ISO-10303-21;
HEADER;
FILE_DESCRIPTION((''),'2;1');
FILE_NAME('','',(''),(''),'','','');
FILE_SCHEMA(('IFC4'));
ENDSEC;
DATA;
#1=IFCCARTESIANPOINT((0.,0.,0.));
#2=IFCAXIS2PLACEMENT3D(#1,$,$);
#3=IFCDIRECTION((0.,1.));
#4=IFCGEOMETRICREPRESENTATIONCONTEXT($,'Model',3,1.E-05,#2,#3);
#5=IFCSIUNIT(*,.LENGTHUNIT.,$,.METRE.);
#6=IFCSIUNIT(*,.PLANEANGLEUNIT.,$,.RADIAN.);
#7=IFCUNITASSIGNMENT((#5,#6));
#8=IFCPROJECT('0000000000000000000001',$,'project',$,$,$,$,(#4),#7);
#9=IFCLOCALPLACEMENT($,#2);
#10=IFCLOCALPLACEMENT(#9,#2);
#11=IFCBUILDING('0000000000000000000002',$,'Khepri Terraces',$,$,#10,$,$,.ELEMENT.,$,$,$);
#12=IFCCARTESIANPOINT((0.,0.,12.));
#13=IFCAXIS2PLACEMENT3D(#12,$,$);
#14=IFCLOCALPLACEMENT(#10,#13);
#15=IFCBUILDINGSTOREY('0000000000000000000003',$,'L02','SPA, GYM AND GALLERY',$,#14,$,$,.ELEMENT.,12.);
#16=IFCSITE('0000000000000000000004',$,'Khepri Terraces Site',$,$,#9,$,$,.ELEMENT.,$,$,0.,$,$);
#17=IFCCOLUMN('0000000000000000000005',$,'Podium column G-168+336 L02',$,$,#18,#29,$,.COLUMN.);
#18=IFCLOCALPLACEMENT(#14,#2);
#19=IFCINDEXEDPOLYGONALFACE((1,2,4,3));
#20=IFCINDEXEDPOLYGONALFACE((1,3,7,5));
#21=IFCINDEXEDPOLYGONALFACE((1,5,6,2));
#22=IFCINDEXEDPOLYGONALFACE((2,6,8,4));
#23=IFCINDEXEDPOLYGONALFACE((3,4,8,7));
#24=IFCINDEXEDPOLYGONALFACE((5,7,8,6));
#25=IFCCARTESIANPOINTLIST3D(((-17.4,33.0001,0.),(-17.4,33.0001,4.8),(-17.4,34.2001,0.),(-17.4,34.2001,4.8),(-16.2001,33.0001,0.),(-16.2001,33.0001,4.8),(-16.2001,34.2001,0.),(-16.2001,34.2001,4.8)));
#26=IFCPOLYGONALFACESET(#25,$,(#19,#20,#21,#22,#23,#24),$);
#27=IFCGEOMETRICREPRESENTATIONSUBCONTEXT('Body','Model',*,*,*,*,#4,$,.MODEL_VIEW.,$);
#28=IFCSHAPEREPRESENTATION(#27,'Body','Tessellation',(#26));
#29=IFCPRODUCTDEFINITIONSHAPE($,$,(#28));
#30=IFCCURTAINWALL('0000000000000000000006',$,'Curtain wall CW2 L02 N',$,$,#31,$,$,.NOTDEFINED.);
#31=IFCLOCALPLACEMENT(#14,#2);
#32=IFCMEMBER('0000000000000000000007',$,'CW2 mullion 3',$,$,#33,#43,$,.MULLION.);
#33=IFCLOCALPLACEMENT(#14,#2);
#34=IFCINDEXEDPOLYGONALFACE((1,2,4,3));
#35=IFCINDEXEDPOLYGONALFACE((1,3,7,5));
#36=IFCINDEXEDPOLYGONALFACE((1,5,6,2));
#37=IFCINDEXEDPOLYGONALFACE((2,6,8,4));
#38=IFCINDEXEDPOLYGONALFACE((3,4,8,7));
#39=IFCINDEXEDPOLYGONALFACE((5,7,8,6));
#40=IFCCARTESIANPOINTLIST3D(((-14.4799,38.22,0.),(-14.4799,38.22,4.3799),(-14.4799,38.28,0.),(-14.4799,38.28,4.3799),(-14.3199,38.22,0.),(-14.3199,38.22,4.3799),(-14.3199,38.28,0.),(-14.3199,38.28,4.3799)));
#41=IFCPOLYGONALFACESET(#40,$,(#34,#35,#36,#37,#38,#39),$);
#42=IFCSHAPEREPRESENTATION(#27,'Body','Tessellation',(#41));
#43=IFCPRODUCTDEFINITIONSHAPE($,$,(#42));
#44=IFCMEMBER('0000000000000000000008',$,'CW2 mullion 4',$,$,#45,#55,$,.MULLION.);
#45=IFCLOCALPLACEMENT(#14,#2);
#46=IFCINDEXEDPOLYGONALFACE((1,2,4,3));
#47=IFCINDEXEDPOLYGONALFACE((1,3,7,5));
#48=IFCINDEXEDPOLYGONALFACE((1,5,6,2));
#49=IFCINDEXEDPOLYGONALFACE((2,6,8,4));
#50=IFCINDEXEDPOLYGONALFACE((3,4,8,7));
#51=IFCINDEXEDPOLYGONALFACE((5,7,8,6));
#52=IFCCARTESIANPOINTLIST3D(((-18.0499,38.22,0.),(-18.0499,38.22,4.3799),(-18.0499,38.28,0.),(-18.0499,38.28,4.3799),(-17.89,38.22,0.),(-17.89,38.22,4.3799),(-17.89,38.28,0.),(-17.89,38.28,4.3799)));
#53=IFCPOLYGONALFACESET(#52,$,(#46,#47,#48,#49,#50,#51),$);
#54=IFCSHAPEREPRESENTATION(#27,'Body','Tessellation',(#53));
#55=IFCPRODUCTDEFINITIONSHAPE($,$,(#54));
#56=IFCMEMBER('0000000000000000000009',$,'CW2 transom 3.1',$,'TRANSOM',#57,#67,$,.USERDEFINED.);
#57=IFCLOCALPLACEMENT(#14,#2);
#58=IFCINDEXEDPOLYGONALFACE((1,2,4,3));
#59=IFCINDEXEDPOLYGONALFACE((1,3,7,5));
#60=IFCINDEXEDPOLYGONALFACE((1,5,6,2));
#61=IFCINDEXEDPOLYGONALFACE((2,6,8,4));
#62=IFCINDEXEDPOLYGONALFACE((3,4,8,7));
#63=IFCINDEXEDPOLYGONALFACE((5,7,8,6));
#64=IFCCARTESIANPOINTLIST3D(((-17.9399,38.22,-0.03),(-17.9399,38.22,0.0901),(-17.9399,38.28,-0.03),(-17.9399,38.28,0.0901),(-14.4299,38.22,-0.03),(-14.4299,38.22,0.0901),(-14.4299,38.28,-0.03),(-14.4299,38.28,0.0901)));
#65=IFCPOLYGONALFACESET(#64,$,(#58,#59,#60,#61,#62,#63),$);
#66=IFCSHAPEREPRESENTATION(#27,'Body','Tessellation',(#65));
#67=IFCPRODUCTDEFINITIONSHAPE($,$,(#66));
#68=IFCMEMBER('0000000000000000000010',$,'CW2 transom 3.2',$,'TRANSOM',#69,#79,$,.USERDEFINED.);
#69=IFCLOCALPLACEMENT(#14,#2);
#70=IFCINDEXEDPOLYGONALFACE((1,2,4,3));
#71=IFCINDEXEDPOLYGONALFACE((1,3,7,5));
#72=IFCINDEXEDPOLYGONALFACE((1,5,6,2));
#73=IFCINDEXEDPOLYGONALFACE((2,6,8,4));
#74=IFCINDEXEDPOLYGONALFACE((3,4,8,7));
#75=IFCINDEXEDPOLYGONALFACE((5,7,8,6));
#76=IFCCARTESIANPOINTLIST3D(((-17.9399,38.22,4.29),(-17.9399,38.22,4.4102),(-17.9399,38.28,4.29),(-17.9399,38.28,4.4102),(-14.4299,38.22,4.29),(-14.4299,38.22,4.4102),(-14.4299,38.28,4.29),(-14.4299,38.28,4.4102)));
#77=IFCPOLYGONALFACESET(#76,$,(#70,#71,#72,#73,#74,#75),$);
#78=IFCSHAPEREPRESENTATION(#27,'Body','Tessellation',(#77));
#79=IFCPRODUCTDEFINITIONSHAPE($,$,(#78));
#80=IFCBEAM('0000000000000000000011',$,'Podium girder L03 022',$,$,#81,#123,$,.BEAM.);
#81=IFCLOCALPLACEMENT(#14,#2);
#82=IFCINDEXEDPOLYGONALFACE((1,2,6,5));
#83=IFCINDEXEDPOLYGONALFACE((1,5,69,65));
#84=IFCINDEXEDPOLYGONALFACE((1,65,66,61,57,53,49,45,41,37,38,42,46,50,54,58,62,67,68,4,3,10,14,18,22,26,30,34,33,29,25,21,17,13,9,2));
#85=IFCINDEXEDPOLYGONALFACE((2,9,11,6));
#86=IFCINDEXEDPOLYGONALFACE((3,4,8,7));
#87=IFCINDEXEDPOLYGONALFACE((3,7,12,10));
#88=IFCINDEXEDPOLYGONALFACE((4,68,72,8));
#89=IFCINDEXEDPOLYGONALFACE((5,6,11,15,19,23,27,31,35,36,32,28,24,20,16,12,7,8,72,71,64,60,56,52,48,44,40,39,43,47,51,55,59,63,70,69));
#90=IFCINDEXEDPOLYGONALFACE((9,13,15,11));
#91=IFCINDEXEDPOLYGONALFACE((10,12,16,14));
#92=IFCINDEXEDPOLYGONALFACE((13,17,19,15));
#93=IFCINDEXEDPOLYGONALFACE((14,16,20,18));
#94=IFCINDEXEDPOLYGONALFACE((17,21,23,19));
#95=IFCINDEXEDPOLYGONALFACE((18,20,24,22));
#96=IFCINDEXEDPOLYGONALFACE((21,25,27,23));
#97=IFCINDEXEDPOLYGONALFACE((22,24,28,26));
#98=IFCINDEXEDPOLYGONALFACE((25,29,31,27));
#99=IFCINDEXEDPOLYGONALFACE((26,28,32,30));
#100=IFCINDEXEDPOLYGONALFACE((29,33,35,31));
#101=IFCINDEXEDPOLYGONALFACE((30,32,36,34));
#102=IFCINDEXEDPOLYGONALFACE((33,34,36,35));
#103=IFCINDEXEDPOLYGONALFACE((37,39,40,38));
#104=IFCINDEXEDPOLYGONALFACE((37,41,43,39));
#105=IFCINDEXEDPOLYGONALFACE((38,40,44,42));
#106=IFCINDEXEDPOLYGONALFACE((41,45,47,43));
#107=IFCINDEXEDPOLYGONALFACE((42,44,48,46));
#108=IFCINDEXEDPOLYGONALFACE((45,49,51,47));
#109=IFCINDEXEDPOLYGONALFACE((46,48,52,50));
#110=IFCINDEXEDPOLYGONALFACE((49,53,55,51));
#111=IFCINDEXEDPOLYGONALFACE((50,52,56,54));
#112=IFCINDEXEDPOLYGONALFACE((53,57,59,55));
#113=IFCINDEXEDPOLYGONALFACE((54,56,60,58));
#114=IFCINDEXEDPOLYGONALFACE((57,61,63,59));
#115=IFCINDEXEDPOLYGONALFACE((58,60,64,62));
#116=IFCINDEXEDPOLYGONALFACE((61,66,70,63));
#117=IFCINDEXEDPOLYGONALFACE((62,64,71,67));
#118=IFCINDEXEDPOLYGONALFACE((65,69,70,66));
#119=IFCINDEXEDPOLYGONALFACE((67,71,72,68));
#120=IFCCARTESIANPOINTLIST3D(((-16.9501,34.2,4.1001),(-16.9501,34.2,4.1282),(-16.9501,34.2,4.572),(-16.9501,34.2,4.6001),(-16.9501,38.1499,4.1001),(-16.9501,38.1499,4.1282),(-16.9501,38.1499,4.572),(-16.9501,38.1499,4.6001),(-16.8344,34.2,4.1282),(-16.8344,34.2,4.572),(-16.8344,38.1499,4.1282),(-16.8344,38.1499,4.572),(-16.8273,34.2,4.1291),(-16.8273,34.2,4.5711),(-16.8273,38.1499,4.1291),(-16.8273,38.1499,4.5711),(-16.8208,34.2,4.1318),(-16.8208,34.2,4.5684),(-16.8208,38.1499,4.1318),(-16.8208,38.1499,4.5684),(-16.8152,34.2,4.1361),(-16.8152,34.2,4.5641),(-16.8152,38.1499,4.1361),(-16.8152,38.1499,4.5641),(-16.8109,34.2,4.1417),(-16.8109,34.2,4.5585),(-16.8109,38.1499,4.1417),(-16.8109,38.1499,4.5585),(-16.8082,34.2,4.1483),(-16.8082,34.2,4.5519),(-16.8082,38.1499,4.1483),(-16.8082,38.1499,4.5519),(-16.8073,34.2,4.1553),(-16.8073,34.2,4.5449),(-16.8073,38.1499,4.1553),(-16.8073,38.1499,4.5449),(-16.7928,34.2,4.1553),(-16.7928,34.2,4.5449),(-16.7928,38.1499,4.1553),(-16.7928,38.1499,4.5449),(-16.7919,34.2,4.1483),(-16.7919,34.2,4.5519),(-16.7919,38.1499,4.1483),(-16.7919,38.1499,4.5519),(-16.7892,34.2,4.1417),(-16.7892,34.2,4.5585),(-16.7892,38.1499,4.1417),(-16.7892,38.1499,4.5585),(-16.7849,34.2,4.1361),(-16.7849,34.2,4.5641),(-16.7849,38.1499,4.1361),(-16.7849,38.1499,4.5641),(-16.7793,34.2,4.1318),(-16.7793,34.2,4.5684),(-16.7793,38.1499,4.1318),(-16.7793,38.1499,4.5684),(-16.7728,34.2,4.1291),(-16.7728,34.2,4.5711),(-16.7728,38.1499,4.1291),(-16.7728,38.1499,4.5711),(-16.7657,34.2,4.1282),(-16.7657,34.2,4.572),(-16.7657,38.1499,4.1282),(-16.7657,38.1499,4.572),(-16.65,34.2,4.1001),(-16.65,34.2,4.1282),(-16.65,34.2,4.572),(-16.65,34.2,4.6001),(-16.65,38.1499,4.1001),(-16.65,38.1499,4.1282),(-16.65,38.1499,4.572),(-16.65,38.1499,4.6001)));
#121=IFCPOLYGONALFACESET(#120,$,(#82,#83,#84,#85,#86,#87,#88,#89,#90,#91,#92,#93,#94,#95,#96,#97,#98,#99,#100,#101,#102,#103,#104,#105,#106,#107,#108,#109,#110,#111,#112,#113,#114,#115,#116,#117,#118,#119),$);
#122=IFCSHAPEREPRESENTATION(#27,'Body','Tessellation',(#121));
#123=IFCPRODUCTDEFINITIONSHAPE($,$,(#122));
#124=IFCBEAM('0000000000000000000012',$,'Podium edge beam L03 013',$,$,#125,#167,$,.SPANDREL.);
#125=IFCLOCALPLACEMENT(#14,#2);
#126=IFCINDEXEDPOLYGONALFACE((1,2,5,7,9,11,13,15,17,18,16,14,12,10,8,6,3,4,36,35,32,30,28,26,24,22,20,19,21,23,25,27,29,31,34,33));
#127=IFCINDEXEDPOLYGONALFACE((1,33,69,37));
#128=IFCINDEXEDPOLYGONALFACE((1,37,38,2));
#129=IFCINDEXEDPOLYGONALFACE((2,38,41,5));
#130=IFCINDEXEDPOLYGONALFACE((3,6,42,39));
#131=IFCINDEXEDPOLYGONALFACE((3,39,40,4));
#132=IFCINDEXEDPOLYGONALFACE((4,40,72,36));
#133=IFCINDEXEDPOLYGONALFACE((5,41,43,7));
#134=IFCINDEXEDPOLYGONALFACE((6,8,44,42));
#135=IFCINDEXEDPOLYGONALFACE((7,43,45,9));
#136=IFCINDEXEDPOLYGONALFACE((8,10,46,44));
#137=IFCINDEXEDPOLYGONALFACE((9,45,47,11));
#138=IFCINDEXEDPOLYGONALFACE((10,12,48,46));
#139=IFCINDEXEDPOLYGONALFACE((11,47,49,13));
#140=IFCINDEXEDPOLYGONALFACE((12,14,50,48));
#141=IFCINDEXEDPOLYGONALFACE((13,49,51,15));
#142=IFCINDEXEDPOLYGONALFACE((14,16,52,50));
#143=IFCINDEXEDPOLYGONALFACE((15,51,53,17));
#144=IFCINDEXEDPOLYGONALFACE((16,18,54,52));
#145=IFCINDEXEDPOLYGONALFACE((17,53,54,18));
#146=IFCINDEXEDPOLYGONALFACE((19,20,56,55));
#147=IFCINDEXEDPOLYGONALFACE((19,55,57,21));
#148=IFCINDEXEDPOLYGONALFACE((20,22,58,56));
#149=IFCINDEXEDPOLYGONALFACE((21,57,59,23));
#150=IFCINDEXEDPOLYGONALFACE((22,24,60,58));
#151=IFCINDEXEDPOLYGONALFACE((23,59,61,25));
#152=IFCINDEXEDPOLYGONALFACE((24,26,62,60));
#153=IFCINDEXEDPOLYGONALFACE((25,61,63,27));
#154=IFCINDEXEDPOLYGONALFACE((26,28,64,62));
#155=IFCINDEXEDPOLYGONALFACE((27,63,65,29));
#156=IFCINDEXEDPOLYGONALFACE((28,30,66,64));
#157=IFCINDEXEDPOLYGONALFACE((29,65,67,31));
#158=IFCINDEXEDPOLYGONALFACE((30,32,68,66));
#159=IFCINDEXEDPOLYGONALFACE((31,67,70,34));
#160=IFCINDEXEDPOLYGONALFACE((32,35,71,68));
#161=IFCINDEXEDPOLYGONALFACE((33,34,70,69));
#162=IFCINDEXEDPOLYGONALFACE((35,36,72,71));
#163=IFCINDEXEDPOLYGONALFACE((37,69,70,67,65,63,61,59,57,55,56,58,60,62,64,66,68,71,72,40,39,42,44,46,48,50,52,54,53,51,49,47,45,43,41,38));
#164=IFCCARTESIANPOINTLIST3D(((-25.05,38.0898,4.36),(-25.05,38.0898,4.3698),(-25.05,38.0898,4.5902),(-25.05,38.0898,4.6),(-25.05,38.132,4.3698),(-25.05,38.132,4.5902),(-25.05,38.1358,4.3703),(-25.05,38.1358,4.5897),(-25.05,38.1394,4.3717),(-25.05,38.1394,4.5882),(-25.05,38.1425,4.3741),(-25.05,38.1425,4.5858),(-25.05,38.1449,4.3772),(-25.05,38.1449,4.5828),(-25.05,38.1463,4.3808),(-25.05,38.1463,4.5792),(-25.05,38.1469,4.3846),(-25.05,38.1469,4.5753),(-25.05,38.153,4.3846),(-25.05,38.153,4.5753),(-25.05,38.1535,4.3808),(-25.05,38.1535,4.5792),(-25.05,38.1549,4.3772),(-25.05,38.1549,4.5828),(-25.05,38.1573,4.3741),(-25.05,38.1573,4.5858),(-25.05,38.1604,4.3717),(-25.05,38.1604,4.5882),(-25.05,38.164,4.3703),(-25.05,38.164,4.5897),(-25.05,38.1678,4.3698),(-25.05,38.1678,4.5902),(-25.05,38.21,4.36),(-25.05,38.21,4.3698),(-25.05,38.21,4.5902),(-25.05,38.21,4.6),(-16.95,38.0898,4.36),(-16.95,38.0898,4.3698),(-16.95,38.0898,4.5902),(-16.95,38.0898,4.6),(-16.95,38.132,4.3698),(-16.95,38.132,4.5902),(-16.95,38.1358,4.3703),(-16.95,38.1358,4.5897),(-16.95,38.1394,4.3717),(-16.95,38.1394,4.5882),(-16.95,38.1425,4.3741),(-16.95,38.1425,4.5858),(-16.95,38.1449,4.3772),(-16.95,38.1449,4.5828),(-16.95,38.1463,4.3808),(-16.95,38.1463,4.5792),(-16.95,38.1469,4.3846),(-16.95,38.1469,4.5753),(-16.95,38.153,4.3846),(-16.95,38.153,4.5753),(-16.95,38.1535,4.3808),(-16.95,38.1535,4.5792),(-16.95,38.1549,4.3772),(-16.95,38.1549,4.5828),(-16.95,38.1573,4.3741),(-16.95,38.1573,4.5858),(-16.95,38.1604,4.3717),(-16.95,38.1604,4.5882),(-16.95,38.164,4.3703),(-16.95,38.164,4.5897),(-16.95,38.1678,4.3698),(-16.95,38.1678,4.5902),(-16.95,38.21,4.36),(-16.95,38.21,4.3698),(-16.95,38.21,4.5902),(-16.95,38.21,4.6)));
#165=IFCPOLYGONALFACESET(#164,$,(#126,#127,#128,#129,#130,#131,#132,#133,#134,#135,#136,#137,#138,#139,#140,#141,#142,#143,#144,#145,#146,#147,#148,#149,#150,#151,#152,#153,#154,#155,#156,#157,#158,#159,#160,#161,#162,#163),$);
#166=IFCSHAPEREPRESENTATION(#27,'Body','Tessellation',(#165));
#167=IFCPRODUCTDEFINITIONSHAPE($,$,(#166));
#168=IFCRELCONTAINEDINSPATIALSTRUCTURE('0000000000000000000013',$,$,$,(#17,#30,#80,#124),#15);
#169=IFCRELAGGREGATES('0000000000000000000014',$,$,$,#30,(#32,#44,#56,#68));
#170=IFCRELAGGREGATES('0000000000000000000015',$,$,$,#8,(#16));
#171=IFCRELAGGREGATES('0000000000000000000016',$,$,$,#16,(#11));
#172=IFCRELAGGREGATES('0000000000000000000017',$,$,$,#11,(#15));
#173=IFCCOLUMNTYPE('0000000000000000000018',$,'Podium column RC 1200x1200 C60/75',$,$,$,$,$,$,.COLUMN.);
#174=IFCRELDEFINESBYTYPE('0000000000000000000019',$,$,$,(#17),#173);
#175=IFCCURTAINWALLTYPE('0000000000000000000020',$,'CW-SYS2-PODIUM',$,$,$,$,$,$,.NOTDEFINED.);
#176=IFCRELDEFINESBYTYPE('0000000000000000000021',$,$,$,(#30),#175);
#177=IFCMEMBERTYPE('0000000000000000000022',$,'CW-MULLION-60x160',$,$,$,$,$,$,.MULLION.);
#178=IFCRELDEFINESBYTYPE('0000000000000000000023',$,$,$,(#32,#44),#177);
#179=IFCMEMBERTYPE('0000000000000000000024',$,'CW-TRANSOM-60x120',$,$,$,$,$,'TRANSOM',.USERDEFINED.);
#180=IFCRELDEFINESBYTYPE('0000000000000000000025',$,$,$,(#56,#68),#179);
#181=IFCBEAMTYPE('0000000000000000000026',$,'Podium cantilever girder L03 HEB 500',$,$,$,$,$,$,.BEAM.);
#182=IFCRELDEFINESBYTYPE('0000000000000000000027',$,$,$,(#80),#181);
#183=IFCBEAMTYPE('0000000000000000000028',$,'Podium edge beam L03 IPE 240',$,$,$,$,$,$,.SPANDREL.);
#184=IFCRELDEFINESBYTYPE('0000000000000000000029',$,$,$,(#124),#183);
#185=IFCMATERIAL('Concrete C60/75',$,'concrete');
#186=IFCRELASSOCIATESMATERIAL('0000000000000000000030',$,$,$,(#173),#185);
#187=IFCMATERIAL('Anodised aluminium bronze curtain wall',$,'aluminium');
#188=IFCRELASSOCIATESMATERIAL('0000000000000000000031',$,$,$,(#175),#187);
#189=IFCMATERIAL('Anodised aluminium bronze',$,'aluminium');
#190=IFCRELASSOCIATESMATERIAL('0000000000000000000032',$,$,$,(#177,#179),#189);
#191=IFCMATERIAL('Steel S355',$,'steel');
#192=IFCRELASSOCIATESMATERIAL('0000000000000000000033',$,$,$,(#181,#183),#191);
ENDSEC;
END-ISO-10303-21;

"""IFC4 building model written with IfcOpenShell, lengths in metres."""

from ifc_helpers import new_model, si_unit, direction, frame, origin, origin_2d, place, context, subcontext, project, spatial, rectangle, i_section, extrude, material, material_profile, profile_set, type_object, element, aggregate, save


model = new_model("IFC4")

# Units and contexts
model_context = context("Model", 3, precision=1e-05, world=origin(), true_north=direction((0.0, 1.0)))
body_context = subcontext(model_context, "Body", "Model", "MODEL_VIEW")
ifc_project = project(units=[si_unit("LENGTHUNIT", "METRE"), si_unit("PLANEANGLEUNIT", "RADIAN")], contexts=[model_context])

# Site, building, storey
site_placement = place(None, origin())
site = spatial("IfcSite", under=ifc_project, at=site_placement, Name="Khepri Terraces Site", CompositionType="ELEMENT", RefElevation=0.0)
building_placement = place(site_placement, origin())
building = spatial("IfcBuilding", under=site, at=building_placement, Name="Khepri Terraces", CompositionType="ELEMENT")
storey_placement = place(building_placement, frame((0.0, 0.0, 12.0)))
storey = spatial("IfcBuildingStorey", under=building, at=storey_placement, Name="L02", Description="SPA, GYM AND GALLERY", CompositionType="ELEMENT", Elevation=12.0)

# Column
ifc_material_1 = material(Name="Concrete C60/75", Category="concrete")
ifc_material_profile_1 = material_profile(ifc_material_1, rectangle(XDim=1.2, YDim=1.2, at=origin_2d()), Name="Concrete C60/75", Category="concrete")
ifc_profile_set_1 = profile_set([ifc_material_profile_1], Name="Concrete C60/75")
column_type = type_object("IfcColumnType", Name="Podium column RC 1200x1200 C60/75", PredefinedType="COLUMN", material=ifc_profile_set_1)
column_placement = place(storey_placement, frame((-16.8, 33.6001, 0.0), z_axis=(0.0, 0.0, 1.0), x_axis=(1.0, 0.0, 0.0)))
element("IfcColumn", 1, at=column_placement, inside=storey, type_object=column_type, Name="Podium column G-168+336 L02", PredefinedType="COLUMN", context=body_context, shape_type="SweptSolid", body=[
    extrude(rectangle(XDim=1.2, YDim=1.2, at=origin_2d()), origin(), (0.0, 0.0, 1.0), 4.8),
])

# Curtain wall, members
ifc_material_2 = material(Name="Anodised aluminium bronze curtain wall", Category="aluminium")
curtain_wall_type = type_object("IfcCurtainWallType", Name="CW-SYS2-PODIUM", PredefinedType="NOTDEFINED", material=ifc_material_2)
curtain_wall_placement = place(storey_placement, origin())
curtain_wall = element("IfcCurtainWall", 2, at=curtain_wall_placement, inside=storey, type_object=curtain_wall_type, Name="Curtain wall CW2 L02 N", PredefinedType="NOTDEFINED")
ifc_material_3 = material(Name="Anodised aluminium bronze", Category="aluminium")
ifc_material_profile_2 = material_profile(ifc_material_3, rectangle(XDim=0.0601, YDim=0.1599, at=origin_2d()), Name="Anodised aluminium bronze", Category="aluminium")
ifc_profile_set_2 = profile_set([ifc_material_profile_2], Name="Anodised aluminium bronze")
member_type_1 = type_object("IfcMemberType", Name="CW-MULLION-60x160", PredefinedType="MULLION", material=ifc_profile_set_2)
member_1_placement = place(storey_placement, frame((-14.3999, 38.25, 0.0), z_axis=(0.0, 0.0, 1.0), x_axis=(0.0, -1.0, 0.0)))
member_1 = element("IfcMember", 3, at=member_1_placement, type_object=member_type_1, Name="CW2 mullion 3", PredefinedType="MULLION", context=body_context, shape_type="SweptSolid", body=[
    extrude(rectangle(XDim=0.0601, YDim=0.1599, at=origin_2d()), origin(), (0.0, 0.0, 1.0), 4.3799),
])
member_2_placement = place(storey_placement, frame((-17.97, 38.25, 0.0), z_axis=(0.0, 0.0, 1.0), x_axis=(0.0, -1.0, 0.0)))
member_2 = element("IfcMember", 4, at=member_2_placement, type_object=member_type_1, Name="CW2 mullion 4", PredefinedType="MULLION", context=body_context, shape_type="SweptSolid", body=[
    extrude(rectangle(XDim=0.0601, YDim=0.1599, at=origin_2d()), origin(), (0.0, 0.0, 1.0), 4.3799),
])
ifc_material_profile_3 = material_profile(ifc_material_3, rectangle(XDim=0.0601, YDim=0.1201, at=origin_2d()), Name="Anodised aluminium bronze", Category="aluminium")
ifc_profile_set_3 = profile_set([ifc_material_profile_3], Name="Anodised aluminium bronze")
member_type_2 = type_object("IfcMemberType", Name="CW-TRANSOM-60x120", ElementType="TRANSOM", PredefinedType="USERDEFINED", material=ifc_profile_set_3)
member_3_placement = place(storey_placement, frame((-14.4299, 38.25, 0.03), z_axis=(-1.0, 0.0, 0.0), x_axis=(0.0, -1.0, 0.0)))
member_3 = element("IfcMember", 5, at=member_3_placement, type_object=member_type_2, Name="CW2 transom 3.1", ObjectType="TRANSOM", PredefinedType="USERDEFINED", context=body_context, shape_type="SweptSolid", body=[
    extrude(rectangle(XDim=0.0601, YDim=0.1201, at=origin_2d()), origin(), (0.0, 0.0, 1.0), 3.51),
])
member_4_placement = place(storey_placement, frame((-14.4299, 38.25, 4.3501), z_axis=(-1.0, 0.0, 0.0), x_axis=(0.0, -1.0, 0.0)))
member_4 = element("IfcMember", 6, at=member_4_placement, type_object=member_type_2, Name="CW2 transom 3.2", ObjectType="TRANSOM", PredefinedType="USERDEFINED", context=body_context, shape_type="SweptSolid", body=[
    extrude(rectangle(XDim=0.0601, YDim=0.1201, at=origin_2d()), origin(), (0.0, 0.0, 1.0), 3.51),
])

# Beams
ifc_material_4 = material(Name="Steel S355", Category="steel")
ifc_material_profile_4 = material_profile(ifc_material_4, i_section(OverallWidth=0.3, OverallDepth=0.5, WebThickness=0.0144, FlangeThickness=0.0281, FilletRadius=0.0271, at=origin_2d()), Name="Steel S355", Category="steel")
ifc_profile_set_4 = profile_set([ifc_material_profile_4], Name="Steel S355")
beam_type_1 = type_object("IfcBeamType", Name="Podium cantilever girder L03 HEB 500", PredefinedType="BEAM", material=ifc_profile_set_4)
beam_1_placement = place(storey_placement, frame((-16.8, 34.2, 4.3501), z_axis=(0.0, 1.0, 0.0), x_axis=(-1.0, 0.0, 0.0)))
element("IfcBeam", 7, at=beam_1_placement, inside=storey, type_object=beam_type_1, Name="Podium girder L03 022", PredefinedType="BEAM", context=body_context, shape_type="SweptSolid", body=[
    extrude(i_section(OverallWidth=0.3, OverallDepth=0.5, WebThickness=0.0144, FlangeThickness=0.0281, FilletRadius=0.0271, at=origin_2d()), origin(), (0.0, 0.0, 1.0), 3.95),
])
ifc_material_profile_5 = material_profile(ifc_material_4, i_section(OverallWidth=0.1201, OverallDepth=0.24, WebThickness=0.0061, FlangeThickness=0.0098, FilletRadius=0.0149, at=origin_2d()), Name="Steel S355", Category="steel")
ifc_profile_set_5 = profile_set([ifc_material_profile_5], Name="Steel S355")
beam_type_2 = type_object("IfcBeamType", Name="Podium edge beam L03 IPE 240", PredefinedType="SPANDREL", material=ifc_profile_set_5)
beam_2_placement = place(storey_placement, frame((-25.05, 38.1499, 4.48), z_axis=(1.0, 0.0, 0.0), x_axis=(0.0, 1.0, 0.0)))
element("IfcBeam", 8, at=beam_2_placement, inside=storey, type_object=beam_type_2, Name="Podium edge beam L03 013", PredefinedType="SPANDREL", context=body_context, shape_type="SweptSolid", body=[
    extrude(i_section(OverallWidth=0.1201, OverallDepth=0.24, WebThickness=0.0061, FlangeThickness=0.0098, FilletRadius=0.0149, at=origin_2d()), origin(), (0.0, 0.0, 1.0), 8.1001),
])

aggregate(curtain_wall, [member_1, member_2, member_3, member_4])

save(model, "model.ifc")
